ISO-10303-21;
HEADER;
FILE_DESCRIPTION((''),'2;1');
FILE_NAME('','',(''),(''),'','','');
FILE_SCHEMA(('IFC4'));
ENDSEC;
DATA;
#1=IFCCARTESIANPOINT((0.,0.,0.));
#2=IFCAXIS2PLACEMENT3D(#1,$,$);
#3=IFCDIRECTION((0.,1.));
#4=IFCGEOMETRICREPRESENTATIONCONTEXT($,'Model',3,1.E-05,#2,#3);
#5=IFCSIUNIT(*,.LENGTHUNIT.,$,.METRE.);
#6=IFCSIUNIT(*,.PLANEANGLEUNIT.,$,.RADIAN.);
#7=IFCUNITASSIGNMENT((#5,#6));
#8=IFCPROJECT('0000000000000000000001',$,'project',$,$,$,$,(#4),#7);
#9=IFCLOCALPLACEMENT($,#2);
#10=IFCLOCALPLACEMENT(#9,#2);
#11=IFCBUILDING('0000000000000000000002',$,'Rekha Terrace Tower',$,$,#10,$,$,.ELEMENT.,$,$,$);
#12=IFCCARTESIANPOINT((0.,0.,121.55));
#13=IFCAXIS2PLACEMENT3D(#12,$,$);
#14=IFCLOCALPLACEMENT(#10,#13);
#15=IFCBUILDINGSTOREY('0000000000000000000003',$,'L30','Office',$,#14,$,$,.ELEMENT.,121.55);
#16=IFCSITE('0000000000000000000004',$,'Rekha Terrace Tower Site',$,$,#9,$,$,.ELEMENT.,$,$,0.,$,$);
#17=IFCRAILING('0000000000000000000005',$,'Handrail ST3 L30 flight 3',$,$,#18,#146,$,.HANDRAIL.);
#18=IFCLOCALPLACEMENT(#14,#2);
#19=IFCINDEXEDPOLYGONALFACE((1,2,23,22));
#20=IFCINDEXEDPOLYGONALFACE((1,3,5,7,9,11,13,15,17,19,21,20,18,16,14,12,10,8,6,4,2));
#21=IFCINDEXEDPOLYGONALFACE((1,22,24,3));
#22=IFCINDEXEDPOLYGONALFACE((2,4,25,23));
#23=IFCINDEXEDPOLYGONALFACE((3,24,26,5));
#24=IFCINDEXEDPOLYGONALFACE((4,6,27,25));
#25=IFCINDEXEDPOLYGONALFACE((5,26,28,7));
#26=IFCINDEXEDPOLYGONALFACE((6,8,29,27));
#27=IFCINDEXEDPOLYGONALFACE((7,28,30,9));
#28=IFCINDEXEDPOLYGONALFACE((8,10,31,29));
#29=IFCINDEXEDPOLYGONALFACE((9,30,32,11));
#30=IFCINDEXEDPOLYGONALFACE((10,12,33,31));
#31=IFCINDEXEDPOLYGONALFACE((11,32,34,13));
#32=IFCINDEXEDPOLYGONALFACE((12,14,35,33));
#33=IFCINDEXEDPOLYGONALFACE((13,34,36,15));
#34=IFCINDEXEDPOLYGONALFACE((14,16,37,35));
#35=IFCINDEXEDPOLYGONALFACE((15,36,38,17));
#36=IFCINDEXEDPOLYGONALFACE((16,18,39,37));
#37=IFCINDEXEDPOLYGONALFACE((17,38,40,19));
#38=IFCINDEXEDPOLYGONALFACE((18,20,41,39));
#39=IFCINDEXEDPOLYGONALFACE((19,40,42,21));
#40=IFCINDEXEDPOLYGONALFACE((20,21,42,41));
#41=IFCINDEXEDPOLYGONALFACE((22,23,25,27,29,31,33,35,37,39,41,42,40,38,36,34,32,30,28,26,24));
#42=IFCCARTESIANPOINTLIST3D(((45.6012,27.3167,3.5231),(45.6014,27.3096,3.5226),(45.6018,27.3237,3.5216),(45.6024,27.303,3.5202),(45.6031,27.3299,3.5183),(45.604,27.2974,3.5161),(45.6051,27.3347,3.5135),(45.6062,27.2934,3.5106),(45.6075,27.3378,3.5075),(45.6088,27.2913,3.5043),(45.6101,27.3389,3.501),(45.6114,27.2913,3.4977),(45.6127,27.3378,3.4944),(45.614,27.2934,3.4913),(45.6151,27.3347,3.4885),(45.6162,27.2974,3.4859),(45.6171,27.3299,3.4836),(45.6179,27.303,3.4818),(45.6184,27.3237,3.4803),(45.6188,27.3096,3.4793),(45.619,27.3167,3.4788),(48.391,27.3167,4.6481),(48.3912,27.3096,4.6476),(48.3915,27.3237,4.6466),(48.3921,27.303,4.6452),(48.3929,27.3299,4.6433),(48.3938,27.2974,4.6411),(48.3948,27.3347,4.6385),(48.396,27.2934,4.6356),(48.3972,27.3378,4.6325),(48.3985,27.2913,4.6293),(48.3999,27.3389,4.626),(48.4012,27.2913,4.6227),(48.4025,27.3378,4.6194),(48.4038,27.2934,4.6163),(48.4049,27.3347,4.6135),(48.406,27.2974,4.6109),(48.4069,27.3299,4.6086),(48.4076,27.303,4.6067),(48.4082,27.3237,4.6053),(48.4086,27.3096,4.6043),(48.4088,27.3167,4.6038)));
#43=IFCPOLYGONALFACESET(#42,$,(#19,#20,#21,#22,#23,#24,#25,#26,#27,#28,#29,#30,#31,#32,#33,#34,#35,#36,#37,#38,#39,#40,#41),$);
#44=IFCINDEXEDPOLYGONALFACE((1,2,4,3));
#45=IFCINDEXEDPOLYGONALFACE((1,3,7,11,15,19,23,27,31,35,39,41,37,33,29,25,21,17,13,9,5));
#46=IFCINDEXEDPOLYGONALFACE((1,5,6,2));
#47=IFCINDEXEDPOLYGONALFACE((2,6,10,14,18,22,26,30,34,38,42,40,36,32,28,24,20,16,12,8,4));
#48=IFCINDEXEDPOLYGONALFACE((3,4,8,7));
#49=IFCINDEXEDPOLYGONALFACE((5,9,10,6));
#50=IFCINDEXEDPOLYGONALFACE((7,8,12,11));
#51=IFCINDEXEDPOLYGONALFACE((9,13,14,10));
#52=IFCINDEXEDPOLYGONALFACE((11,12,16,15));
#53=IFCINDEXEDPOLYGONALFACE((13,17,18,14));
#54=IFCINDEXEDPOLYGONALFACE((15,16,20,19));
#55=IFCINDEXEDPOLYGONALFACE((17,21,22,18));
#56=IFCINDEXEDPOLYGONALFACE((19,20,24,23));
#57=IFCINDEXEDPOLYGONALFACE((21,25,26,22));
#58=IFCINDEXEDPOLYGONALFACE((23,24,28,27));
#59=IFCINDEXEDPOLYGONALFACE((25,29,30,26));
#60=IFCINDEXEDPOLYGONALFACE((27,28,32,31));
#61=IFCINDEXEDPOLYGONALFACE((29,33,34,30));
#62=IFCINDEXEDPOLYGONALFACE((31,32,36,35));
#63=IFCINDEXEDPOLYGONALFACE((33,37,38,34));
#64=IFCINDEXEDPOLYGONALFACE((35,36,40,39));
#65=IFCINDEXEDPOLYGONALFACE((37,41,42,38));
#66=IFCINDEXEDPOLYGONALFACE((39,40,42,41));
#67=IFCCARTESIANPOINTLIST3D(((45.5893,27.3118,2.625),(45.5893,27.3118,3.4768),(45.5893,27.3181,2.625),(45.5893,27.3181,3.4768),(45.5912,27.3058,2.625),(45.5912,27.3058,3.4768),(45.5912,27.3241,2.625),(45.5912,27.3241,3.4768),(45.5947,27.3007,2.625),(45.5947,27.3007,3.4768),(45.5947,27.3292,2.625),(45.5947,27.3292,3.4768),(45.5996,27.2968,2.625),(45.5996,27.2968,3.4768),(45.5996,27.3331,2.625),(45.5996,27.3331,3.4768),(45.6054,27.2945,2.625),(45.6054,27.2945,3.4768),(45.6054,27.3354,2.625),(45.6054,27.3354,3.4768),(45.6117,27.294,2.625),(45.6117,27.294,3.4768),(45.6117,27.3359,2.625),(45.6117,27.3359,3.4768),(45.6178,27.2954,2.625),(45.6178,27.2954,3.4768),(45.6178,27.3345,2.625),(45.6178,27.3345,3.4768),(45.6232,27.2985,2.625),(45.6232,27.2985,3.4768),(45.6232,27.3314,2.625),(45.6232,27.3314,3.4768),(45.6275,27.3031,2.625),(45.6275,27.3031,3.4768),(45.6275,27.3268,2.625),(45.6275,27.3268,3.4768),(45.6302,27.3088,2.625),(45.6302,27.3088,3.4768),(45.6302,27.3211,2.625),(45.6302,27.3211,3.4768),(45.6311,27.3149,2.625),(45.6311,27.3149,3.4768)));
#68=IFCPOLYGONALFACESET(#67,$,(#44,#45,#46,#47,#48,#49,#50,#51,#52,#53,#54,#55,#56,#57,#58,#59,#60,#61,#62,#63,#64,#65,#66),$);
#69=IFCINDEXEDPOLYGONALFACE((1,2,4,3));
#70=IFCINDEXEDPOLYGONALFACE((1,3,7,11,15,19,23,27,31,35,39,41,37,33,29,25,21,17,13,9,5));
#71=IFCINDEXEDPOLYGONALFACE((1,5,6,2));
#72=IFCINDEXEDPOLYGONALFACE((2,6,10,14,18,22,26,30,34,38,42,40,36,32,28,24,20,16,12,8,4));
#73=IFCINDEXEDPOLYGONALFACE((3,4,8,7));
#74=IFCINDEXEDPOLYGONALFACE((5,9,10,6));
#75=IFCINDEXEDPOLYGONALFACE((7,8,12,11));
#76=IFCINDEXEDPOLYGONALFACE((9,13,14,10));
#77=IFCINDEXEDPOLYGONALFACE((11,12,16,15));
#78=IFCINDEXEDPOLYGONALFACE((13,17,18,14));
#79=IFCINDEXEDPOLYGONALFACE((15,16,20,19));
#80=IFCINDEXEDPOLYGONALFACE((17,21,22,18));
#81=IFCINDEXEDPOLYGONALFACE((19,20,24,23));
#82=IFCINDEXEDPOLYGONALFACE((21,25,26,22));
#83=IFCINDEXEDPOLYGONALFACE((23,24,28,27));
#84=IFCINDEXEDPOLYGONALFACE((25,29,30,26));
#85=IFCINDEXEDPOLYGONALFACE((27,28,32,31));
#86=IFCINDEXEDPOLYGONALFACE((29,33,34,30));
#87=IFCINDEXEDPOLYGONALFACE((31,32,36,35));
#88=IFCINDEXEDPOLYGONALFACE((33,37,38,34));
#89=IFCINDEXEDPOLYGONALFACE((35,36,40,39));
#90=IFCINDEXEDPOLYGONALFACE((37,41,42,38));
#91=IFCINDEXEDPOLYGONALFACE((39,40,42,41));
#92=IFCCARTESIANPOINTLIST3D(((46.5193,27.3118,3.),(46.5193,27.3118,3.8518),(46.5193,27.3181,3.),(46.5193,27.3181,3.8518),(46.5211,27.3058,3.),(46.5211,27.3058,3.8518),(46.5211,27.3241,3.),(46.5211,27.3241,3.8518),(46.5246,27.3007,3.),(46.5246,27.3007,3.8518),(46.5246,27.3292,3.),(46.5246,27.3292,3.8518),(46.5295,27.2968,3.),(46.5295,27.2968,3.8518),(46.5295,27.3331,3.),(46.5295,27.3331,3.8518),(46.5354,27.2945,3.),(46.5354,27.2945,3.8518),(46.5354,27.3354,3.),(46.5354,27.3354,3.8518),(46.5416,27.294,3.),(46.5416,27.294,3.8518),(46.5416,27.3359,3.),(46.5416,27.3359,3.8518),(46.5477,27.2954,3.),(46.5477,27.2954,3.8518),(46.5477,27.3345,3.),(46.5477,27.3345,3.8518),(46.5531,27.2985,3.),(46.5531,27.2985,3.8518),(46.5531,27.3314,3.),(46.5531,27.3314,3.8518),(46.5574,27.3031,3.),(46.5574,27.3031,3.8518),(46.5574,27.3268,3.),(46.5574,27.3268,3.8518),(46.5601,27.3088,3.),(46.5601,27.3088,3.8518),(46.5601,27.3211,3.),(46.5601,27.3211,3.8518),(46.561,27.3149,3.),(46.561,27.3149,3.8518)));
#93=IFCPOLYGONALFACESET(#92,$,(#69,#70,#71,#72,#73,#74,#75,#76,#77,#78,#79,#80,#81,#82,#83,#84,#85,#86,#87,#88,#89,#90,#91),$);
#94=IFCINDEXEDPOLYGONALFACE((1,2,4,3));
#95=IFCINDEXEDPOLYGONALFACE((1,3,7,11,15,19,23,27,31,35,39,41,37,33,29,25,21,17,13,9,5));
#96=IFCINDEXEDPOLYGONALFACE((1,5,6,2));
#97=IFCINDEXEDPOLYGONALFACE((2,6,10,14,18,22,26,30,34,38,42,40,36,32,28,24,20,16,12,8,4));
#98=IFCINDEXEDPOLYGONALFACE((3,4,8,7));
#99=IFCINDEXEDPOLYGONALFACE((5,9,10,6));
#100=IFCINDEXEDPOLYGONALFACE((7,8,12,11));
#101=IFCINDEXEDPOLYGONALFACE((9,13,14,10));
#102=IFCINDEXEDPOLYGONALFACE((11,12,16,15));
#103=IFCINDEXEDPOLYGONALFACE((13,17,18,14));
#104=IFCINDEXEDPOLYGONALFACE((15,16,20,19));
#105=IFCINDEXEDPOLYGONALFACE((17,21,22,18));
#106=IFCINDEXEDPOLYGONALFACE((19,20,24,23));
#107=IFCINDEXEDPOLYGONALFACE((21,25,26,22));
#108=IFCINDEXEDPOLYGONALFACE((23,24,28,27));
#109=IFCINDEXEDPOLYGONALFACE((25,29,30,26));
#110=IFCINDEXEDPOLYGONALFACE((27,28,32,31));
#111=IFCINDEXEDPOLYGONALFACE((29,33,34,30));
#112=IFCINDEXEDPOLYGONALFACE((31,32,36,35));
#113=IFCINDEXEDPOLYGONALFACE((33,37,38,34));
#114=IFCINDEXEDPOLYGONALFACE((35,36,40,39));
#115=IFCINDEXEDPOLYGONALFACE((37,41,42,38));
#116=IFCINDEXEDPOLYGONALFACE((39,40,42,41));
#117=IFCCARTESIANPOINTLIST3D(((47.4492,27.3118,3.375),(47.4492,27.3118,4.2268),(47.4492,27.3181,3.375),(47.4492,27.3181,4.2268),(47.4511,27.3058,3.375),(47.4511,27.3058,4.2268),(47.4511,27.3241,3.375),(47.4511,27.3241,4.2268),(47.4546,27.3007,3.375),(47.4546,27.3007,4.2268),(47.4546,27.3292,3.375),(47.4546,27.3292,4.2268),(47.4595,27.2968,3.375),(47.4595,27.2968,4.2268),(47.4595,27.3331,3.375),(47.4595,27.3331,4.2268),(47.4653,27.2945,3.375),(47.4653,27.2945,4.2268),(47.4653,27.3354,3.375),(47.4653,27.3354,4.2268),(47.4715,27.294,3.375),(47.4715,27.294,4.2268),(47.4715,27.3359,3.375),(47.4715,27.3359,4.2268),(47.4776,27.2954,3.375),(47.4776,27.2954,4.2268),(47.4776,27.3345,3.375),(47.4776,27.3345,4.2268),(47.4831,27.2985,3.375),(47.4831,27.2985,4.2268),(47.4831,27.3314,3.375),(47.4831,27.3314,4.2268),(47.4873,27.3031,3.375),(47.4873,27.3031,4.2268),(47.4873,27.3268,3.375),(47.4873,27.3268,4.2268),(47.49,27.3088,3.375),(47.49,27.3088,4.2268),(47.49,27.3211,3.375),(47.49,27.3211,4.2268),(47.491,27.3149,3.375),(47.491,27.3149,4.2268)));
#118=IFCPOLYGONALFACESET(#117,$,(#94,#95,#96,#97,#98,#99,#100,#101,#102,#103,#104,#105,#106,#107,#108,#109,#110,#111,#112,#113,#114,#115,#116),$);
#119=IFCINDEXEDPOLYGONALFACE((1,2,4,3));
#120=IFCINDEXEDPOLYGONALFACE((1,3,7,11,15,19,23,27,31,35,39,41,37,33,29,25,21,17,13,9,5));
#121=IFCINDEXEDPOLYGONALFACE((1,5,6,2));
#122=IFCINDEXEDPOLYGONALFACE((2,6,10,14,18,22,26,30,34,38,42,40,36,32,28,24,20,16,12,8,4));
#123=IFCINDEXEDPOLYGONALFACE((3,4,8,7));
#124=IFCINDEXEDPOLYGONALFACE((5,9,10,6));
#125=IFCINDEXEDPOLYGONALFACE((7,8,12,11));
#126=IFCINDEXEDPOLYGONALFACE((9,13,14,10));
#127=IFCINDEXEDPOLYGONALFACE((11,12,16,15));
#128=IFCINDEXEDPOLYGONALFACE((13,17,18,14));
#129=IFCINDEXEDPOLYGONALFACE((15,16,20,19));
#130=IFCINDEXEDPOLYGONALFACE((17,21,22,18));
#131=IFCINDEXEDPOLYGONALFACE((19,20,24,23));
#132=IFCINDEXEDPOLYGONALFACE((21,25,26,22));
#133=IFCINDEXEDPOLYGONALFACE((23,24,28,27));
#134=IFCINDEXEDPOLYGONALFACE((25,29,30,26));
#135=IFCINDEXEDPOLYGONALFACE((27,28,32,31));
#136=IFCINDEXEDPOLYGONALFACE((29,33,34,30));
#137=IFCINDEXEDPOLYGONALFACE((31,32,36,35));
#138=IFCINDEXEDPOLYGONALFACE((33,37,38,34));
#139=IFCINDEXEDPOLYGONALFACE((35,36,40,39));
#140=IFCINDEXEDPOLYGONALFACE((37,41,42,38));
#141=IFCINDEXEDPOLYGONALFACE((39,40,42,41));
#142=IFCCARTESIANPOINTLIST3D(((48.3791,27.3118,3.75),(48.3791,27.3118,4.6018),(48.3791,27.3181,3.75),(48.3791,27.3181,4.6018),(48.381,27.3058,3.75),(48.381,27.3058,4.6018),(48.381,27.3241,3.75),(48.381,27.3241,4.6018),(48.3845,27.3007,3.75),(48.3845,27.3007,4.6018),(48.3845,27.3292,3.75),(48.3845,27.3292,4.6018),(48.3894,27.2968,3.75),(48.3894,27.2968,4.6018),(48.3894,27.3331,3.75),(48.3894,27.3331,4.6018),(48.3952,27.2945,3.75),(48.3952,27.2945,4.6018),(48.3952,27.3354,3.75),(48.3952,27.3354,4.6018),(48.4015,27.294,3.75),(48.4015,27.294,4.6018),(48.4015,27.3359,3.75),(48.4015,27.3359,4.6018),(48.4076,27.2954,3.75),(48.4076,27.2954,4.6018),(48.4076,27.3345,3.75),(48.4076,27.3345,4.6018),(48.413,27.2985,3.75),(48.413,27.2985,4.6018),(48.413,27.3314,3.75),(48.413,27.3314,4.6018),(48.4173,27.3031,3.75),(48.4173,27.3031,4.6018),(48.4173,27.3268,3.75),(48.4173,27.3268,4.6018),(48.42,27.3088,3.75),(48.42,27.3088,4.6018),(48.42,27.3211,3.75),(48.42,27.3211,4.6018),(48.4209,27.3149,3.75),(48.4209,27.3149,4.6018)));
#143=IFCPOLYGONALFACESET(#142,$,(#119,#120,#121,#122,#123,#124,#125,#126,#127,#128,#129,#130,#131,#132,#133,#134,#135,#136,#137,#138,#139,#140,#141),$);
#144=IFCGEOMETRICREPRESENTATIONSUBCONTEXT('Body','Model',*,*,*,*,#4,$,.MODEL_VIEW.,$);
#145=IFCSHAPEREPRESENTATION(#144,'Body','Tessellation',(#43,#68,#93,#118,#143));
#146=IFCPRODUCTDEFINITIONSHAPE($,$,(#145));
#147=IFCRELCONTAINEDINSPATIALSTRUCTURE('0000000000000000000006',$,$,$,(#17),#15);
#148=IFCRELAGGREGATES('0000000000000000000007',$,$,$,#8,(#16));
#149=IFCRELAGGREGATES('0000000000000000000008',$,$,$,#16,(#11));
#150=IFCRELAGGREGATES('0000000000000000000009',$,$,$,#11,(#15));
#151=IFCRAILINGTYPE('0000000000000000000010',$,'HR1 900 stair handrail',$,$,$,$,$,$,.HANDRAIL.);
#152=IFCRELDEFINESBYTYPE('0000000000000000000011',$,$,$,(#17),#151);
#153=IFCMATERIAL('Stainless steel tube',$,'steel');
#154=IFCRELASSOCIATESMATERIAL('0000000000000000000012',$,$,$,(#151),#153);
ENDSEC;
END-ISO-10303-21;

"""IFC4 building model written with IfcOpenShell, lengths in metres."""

from ifc_helpers import new_model, si_unit, direction, frame, origin, origin_2d, place, context, subcontext, project, spatial, circle, extrude, material, type_object, element, save


model = new_model("IFC4")

# Units and contexts
model_context = context("Model", 3, precision=1e-05, world=origin(), true_north=direction((0.0, 1.0)))
body_context = subcontext(model_context, "Body", "Model", "MODEL_VIEW")
ifc_project = project(units=[si_unit("LENGTHUNIT", "METRE"), si_unit("PLANEANGLEUNIT", "RADIAN")], contexts=[model_context])

# Site, building, storey
site_placement = place(None, origin())
site = spatial("IfcSite", under=ifc_project, at=site_placement, Name="Rekha Terrace Tower Site", CompositionType="ELEMENT", RefElevation=0.0)
building_placement = place(site_placement, origin())
building = spatial("IfcBuilding", under=site, at=building_placement, Name="Rekha Terrace Tower", CompositionType="ELEMENT")
storey_placement = place(building_placement, frame((0.0, 0.0, 121.55)))
storey = spatial("IfcBuildingStorey", under=building, at=storey_placement, Name="L30", Description="Office", CompositionType="ELEMENT", Elevation=121.55)

# Railing
ifc_material_1 = material(Name="Stainless steel tube", Category="steel")
railing_type_1 = type_object("IfcRailingType", Name="HR1 900 stair handrail", PredefinedType="HANDRAIL", material=ifc_material_1)
railing_1_placement = place(storey_placement, frame((45.6101, 27.3149, 2.625)))
element("IfcRailing", 1, at=railing_1_placement, inside=storey, type_object=railing_type_1, Name="Handrail ST3 L30 flight 3", PredefinedType="HANDRAIL", context=body_context, shape_type="SweptSolid", body=[
    extrude(circle(Radius=0.0239, at=origin_2d()), frame((0.0, 0.0, 0.876), z_axis=(0.927432, 0.0, 0.373992), x_axis=(0.0, 1.0, 0.0)), (0.0, 0.0, 1.0), 3.0081),
    extrude(circle(Radius=0.021, at=origin_2d()), origin(), (0.0, 0.0, 1.0), 0.8518),
    extrude(circle(Radius=0.021, at=origin_2d()), frame((0.9299, 0.0, 0.375)), (0.0, 0.0, 1.0), 0.8518),
    extrude(circle(Radius=0.021, at=origin_2d()), frame((1.8599, 0.0, 0.75)), (0.0, 0.0, 1.0), 0.8518),
    extrude(circle(Radius=0.021, at=origin_2d()), frame((2.7898, 0.0, 1.125)), (0.0, 0.0, 1.0), 0.8518),
])

save(model, "model.ifc")
